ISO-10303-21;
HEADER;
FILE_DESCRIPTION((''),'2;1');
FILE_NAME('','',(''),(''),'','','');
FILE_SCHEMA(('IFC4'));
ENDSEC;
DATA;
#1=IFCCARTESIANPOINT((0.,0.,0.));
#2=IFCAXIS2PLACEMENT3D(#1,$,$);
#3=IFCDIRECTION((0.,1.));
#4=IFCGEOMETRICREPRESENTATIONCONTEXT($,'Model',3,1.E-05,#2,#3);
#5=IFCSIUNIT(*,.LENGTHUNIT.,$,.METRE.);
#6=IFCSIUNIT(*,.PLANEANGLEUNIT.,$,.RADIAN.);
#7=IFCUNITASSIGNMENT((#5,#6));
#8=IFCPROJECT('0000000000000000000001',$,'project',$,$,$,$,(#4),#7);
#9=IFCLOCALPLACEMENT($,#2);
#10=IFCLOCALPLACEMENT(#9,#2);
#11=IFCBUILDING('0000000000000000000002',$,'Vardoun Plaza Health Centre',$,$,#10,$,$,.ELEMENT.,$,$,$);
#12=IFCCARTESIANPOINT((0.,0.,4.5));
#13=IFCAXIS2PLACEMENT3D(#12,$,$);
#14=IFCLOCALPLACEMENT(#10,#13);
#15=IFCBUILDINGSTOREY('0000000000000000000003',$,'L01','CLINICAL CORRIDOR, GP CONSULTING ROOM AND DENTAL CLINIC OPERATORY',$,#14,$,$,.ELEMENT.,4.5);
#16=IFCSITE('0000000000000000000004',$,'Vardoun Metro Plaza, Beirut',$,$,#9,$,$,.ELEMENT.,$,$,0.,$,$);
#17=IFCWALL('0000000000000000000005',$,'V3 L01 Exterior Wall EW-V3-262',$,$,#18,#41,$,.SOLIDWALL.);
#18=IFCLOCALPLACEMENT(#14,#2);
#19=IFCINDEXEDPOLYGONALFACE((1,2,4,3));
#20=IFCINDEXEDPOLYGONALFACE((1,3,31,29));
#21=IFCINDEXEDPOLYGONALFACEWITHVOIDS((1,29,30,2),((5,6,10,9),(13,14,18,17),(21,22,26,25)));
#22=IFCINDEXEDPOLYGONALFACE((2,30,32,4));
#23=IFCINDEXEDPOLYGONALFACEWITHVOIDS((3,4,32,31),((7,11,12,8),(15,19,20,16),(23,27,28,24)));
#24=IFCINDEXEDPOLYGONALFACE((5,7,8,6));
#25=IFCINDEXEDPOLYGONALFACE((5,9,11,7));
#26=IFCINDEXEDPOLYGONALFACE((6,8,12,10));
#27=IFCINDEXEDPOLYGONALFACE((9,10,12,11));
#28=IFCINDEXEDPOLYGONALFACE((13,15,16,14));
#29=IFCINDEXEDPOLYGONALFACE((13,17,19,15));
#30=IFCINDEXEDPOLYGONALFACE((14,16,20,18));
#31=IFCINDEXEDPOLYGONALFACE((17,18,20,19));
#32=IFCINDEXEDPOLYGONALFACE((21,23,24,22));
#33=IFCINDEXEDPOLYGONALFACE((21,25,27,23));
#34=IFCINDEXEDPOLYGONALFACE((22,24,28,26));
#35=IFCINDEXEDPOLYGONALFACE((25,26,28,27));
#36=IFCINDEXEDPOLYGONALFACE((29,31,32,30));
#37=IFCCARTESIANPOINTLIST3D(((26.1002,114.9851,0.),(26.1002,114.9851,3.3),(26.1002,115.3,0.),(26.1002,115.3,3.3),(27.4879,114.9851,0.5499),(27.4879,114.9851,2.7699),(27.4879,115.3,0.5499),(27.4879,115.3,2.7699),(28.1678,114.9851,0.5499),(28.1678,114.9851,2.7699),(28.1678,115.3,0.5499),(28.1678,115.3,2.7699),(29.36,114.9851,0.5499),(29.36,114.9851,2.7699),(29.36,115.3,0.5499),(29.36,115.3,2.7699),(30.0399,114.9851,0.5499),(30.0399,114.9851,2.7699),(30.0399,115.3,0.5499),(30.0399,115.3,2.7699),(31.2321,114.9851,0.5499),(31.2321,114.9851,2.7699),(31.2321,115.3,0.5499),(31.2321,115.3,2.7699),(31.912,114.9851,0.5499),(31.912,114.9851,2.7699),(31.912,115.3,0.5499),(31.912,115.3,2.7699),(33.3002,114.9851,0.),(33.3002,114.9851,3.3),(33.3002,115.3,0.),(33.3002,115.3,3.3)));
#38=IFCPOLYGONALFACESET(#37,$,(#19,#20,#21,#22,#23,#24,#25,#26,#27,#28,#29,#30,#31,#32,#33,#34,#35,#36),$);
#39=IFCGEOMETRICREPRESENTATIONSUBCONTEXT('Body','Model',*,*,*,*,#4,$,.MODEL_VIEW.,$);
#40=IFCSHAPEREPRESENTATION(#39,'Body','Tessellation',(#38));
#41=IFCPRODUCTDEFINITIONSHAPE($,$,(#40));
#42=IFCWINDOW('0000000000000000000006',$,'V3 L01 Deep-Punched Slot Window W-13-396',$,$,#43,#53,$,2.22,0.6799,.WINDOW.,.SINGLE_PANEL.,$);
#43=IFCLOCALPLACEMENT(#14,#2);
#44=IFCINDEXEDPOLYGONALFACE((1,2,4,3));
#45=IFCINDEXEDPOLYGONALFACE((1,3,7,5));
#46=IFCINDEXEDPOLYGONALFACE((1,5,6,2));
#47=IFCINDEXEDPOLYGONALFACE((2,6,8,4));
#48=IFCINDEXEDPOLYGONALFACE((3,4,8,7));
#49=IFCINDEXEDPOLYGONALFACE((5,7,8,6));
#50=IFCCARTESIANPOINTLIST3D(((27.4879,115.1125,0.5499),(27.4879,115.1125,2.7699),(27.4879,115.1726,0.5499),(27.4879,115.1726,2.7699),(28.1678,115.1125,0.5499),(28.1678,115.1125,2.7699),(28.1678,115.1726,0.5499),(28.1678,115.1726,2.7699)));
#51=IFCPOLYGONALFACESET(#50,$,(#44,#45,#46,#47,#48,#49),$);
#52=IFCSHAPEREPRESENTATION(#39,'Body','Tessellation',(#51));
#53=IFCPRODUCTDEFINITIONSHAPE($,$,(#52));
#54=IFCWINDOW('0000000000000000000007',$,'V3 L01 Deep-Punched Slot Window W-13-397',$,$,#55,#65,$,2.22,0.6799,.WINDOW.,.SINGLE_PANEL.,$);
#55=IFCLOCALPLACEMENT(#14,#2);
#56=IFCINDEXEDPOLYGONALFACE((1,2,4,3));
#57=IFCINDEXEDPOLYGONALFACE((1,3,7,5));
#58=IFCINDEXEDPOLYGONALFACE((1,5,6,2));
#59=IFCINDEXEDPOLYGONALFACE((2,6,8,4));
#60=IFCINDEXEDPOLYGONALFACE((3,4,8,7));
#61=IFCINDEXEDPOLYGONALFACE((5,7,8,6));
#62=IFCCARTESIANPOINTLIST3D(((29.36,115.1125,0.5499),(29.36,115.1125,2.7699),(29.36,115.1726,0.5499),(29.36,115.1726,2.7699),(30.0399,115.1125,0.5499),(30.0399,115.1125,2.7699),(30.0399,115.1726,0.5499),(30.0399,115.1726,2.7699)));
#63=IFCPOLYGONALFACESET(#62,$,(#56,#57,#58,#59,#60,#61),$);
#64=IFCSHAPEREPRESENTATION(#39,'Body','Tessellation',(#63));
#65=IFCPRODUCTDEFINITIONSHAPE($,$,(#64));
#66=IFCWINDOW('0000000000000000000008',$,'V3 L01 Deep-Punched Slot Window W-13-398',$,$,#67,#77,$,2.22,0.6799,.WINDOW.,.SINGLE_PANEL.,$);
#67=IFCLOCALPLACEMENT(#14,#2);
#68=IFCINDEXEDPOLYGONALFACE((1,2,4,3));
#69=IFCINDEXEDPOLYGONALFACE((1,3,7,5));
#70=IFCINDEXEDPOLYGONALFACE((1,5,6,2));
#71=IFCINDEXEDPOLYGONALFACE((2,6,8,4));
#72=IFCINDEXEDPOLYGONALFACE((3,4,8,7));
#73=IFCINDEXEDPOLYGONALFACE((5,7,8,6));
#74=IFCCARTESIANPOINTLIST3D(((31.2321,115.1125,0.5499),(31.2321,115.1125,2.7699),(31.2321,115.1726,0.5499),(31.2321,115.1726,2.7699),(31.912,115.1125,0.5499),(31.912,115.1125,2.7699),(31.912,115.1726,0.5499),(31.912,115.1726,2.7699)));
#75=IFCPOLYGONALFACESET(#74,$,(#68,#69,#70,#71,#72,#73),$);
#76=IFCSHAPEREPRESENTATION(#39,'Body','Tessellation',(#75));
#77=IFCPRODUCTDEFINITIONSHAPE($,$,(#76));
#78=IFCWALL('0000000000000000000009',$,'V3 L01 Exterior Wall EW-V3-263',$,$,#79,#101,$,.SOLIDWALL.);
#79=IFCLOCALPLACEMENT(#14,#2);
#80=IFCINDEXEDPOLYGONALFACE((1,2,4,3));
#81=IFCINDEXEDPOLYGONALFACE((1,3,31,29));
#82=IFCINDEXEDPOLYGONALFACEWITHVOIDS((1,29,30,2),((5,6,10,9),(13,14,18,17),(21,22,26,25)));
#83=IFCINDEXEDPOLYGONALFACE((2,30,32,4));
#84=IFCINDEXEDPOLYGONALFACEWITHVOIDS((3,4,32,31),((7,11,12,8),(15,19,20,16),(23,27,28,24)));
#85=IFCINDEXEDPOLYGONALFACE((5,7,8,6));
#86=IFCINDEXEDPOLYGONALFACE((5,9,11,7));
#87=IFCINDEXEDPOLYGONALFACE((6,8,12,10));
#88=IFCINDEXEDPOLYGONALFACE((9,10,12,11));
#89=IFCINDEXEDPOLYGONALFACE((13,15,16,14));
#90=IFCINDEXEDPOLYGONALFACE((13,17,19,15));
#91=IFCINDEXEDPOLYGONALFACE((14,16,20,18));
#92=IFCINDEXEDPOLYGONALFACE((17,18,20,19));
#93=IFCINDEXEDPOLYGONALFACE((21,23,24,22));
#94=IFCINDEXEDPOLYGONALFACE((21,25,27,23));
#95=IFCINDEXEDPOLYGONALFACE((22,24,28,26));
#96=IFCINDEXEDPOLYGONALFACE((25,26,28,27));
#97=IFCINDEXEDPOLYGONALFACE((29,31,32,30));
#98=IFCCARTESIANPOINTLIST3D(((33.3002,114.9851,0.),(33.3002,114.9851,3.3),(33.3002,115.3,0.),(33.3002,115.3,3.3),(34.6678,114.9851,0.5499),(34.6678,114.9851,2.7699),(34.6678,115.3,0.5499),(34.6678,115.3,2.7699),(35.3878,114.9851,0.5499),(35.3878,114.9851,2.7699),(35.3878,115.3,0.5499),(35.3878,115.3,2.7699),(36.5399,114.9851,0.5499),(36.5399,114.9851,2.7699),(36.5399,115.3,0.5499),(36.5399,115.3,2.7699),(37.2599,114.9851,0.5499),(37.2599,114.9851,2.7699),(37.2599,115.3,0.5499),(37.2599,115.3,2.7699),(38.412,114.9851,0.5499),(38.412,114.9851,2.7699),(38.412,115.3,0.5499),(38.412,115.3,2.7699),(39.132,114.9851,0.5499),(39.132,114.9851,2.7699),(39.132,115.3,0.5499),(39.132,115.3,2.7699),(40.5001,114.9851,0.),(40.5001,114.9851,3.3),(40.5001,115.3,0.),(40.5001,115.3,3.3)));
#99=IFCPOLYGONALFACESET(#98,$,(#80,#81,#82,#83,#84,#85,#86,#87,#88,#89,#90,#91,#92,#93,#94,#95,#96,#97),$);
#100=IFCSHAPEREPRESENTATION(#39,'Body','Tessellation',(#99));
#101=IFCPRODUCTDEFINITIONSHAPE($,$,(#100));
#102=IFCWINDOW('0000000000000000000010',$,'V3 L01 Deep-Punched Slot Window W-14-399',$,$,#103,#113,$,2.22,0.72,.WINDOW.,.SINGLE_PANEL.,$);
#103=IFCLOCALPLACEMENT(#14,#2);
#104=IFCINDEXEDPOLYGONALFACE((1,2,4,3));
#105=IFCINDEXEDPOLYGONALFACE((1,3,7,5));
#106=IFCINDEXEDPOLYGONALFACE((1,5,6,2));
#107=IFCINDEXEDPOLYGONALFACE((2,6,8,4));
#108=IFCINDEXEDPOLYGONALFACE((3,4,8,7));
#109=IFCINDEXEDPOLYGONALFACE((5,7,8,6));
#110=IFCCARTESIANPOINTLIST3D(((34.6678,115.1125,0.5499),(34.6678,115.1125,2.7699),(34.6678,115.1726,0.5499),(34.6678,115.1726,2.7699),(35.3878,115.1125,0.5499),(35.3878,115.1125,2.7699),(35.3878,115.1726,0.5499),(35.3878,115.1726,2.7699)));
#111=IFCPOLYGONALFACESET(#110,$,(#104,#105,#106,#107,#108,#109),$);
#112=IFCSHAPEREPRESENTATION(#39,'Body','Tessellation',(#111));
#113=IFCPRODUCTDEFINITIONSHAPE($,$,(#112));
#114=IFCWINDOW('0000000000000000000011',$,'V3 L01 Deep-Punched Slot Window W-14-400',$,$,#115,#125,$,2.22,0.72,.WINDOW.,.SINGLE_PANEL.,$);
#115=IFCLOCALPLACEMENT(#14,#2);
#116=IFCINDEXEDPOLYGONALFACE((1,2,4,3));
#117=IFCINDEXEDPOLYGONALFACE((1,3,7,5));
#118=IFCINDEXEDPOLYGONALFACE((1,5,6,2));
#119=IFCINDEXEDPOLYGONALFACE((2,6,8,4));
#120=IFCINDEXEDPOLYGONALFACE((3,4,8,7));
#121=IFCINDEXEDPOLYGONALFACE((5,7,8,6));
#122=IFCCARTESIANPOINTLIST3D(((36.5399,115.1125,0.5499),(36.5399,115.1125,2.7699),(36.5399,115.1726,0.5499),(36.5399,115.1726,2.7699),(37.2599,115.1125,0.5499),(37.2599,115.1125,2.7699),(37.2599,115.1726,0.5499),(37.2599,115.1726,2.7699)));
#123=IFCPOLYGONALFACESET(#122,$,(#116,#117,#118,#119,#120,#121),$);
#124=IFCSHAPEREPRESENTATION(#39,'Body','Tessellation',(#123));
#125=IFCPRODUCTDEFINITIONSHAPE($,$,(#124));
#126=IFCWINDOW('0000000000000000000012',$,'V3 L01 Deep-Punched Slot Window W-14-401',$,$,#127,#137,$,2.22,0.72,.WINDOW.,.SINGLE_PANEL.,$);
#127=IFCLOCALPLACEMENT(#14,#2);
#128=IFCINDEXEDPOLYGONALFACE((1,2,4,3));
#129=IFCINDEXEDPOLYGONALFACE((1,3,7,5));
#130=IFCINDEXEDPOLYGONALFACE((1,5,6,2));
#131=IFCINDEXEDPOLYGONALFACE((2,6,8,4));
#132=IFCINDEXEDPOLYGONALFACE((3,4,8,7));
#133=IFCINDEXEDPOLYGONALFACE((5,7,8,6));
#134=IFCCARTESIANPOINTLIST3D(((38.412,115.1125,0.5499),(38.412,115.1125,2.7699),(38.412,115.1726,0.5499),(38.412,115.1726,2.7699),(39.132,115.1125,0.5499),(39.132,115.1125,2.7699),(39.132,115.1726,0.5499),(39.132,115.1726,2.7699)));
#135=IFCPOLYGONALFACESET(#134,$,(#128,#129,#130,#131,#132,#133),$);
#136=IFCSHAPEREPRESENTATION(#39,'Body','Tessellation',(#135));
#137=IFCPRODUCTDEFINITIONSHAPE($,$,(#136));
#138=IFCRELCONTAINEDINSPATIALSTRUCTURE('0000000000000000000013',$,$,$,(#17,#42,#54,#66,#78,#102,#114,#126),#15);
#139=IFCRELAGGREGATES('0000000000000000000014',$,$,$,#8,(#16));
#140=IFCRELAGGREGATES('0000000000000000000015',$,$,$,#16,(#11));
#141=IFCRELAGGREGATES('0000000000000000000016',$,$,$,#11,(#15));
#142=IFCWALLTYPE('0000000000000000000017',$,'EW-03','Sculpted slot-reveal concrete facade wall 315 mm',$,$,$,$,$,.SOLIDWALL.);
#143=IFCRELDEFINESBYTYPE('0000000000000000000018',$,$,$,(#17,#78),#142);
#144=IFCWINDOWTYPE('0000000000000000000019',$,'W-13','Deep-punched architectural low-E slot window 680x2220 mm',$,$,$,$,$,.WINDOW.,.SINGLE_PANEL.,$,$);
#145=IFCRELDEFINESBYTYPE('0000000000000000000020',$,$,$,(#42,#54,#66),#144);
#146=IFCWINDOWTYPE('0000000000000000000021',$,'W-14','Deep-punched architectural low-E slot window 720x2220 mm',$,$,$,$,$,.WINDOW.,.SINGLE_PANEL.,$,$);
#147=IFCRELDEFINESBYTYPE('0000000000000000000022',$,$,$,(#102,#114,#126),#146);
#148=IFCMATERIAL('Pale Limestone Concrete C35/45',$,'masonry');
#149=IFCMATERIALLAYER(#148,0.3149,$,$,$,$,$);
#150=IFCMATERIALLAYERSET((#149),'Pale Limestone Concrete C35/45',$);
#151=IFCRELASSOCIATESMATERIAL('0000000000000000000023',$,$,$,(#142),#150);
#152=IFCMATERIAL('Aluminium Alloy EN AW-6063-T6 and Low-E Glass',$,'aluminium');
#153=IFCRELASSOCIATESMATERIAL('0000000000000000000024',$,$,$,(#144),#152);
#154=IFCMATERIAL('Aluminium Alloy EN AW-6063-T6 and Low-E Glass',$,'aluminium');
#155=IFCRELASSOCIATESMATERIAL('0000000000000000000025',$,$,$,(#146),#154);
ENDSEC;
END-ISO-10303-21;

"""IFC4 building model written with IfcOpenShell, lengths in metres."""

from ifc_helpers import new_model, si_unit, direction, frame, frame_2d, origin, place, context, subcontext, project, spatial, rectangle, extrude, material, layer, layer_set, type_object, element, fill, save


model = new_model("IFC4")

# Units and contexts
model_context = context("Model", 3, precision=1e-05, world=origin(), true_north=direction((0.0, 1.0)))
body_context = subcontext(model_context, "Body", "Model", "MODEL_VIEW")
ifc_project = project(units=[si_unit("LENGTHUNIT", "METRE"), si_unit("PLANEANGLEUNIT", "RADIAN")], contexts=[model_context])

# Site, building, storey
site_placement = place(None, origin())
site = spatial("IfcSite", under=ifc_project, at=site_placement, Name="Vardoun Metro Plaza, Beirut", CompositionType="ELEMENT", RefElevation=0.0)
building_placement = place(site_placement, origin())
building = spatial("IfcBuilding", under=site, at=building_placement, Name="Vardoun Plaza Health Centre", CompositionType="ELEMENT")
storey_placement = place(building_placement, frame((0.0, 0.0, 4.5)))
storey = spatial("IfcBuildingStorey", under=building, at=storey_placement, Name="L01", Description="CLINICAL CORRIDOR, GP CONSULTING ROOM AND DENTAL CLINIC OPERATORY", CompositionType="ELEMENT", Elevation=4.5)

# Walls, openings, windows
ifc_material_1 = material(Name="Pale Limestone Concrete C35/45", Category="masonry")
ifc_layer_1 = layer(ifc_material_1, 0.3149)
ifc_layer_set_1 = layer_set([ifc_layer_1], Name="Pale Limestone Concrete C35/45")
wall_type = type_object("IfcWallType", Name="EW-03", Description="Sculpted slot-reveal concrete facade wall 315 mm", PredefinedType="SOLIDWALL", material=ifc_layer_set_1)
wall_1_placement = place(storey_placement, frame((26.1001, 115.1426, 0.0), z_axis=(0.0, 0.0, 1.0), x_axis=(1.0, 0.0, 0.0)))
wall_1 = element("IfcWall", 1, at=wall_1_placement, inside=storey, type_object=wall_type, Name="V3 L01 Exterior Wall EW-V3-262", PredefinedType="SOLIDWALL", context=body_context, shape_type="SweptSolid", body=[
    extrude(rectangle(XDim=7.2, YDim=0.3149, at=frame_2d((3.6001, 0.0))), origin(), (0.0, 0.0, 1.0), 3.3),
])
opening_1_placement = place(wall_1_placement, frame((1.3879, 0.0, 0.55)))
opening_1 = element("IfcOpeningElement", 2, at=opening_1_placement, cuts=wall_1, PredefinedType="OPENING", context=body_context, shape_type="SweptSolid", body=[
    extrude(rectangle(XDim=0.6799, YDim=2.22, at=frame_2d((0.3398, 1.1099))), frame((0.0, 0.1575, 0.0), z_axis=(0.0, -1.0, 0.0), x_axis=(1.0, 0.0, 0.0)), (0.0, 0.0, 1.0), 0.3149),
])
opening_2_placement = place(wall_1_placement, frame((3.26, 0.0, 0.55)))
opening_2 = element("IfcOpeningElement", 3, at=opening_2_placement, cuts=wall_1, PredefinedType="OPENING", context=body_context, shape_type="SweptSolid", body=[
    extrude(rectangle(XDim=0.6799, YDim=2.22, at=frame_2d((0.3398, 1.1099))), frame((0.0, 0.1575, 0.0), z_axis=(0.0, -1.0, 0.0), x_axis=(1.0, 0.0, 0.0)), (0.0, 0.0, 1.0), 0.3149),
])
opening_3_placement = place(wall_1_placement, frame((5.1321, 0.0, 0.55)))
opening_3 = element("IfcOpeningElement", 4, at=opening_3_placement, cuts=wall_1, PredefinedType="OPENING", context=body_context, shape_type="SweptSolid", body=[
    extrude(rectangle(XDim=0.6799, YDim=2.22, at=frame_2d((0.3398, 1.1099))), frame((0.0, 0.1575, 0.0), z_axis=(0.0, -1.0, 0.0), x_axis=(1.0, 0.0, 0.0)), (0.0, 0.0, 1.0), 0.3149),
])
ifc_material_2 = material(Name="Aluminium Alloy EN AW-6063-T6 and Low-E Glass", Category="aluminium")
window_type_1 = type_object("IfcWindowType", Name="W-13", Description="Deep-punched architectural low-E slot window 680x2220 mm", PartitioningType="SINGLE_PANEL", PredefinedType="WINDOW", material=ifc_material_2)
window_1_placement = place(opening_1_placement, origin())
window_1 = element("IfcWindow", 5, at=window_1_placement, inside=storey, type_object=window_type_1, Name="V3 L01 Deep-Punched Slot Window W-13-396", OverallHeight=2.22, OverallWidth=0.6799, PartitioningType="SINGLE_PANEL", PredefinedType="WINDOW", context=body_context, shape_type="SweptSolid", body=[
    extrude(rectangle(XDim=0.6799, YDim=2.22, at=frame_2d((0.3398, 1.1099))), frame((0.0, 0.03, 0.0), z_axis=(0.0, -1.0, 0.0), x_axis=(1.0, 0.0, 0.0)), (0.0, 0.0, 1.0), 0.0601),
])
fill(opening_1, window_1)
window_2_placement = place(opening_2_placement, origin())
window_2 = element("IfcWindow", 6, at=window_2_placement, inside=storey, type_object=window_type_1, Name="V3 L01 Deep-Punched Slot Window W-13-397", OverallHeight=2.22, OverallWidth=0.6799, PartitioningType="SINGLE_PANEL", PredefinedType="WINDOW", context=body_context, shape_type="SweptSolid", body=[
    extrude(rectangle(XDim=0.6799, YDim=2.22, at=frame_2d((0.3398, 1.1099))), frame((0.0, 0.03, 0.0), z_axis=(0.0, -1.0, 0.0), x_axis=(1.0, 0.0, 0.0)), (0.0, 0.0, 1.0), 0.0601),
])
fill(opening_2, window_2)
window_3_placement = place(opening_3_placement, origin())
window_3 = element("IfcWindow", 7, at=window_3_placement, inside=storey, type_object=window_type_1, Name="V3 L01 Deep-Punched Slot Window W-13-398", OverallHeight=2.22, OverallWidth=0.6799, PartitioningType="SINGLE_PANEL", PredefinedType="WINDOW", context=body_context, shape_type="SweptSolid", body=[
    extrude(rectangle(XDim=0.6799, YDim=2.22, at=frame_2d((0.3398, 1.1099))), frame((0.0, 0.03, 0.0), z_axis=(0.0, -1.0, 0.0), x_axis=(1.0, 0.0, 0.0)), (0.0, 0.0, 1.0), 0.0601),
])
fill(opening_3, window_3)
wall_2_placement = place(storey_placement, frame((33.3, 115.1426, 0.0), z_axis=(0.0, 0.0, 1.0), x_axis=(1.0, 0.0, 0.0)))
wall_2 = element("IfcWall", 8, at=wall_2_placement, inside=storey, type_object=wall_type, Name="V3 L01 Exterior Wall EW-V3-263", PredefinedType="SOLIDWALL", context=body_context, shape_type="SweptSolid", body=[
    extrude(rectangle(XDim=7.2, YDim=0.3149, at=frame_2d((3.6001, 0.0))), origin(), (0.0, 0.0, 1.0), 3.3),
])
opening_4_placement = place(wall_2_placement, frame((1.3679, 0.0, 0.55)))
opening_4 = element("IfcOpeningElement", 9, at=opening_4_placement, cuts=wall_2, PredefinedType="OPENING", context=body_context, shape_type="SweptSolid", body=[
    extrude(rectangle(XDim=0.72, YDim=2.22, at=frame_2d((0.3599, 1.1099))), frame((0.0, 0.1575, 0.0), z_axis=(0.0, -1.0, 0.0), x_axis=(1.0, 0.0, 0.0)), (0.0, 0.0, 1.0), 0.3149),
])
opening_5_placement = place(wall_2_placement, frame((3.24, 0.0, 0.55)))
opening_5 = element("IfcOpeningElement", 10, at=opening_5_placement, cuts=wall_2, PredefinedType="OPENING", context=body_context, shape_type="SweptSolid", body=[
    extrude(rectangle(XDim=0.72, YDim=2.22, at=frame_2d((0.3599, 1.1099))), frame((0.0, 0.1575, 0.0), z_axis=(0.0, -1.0, 0.0), x_axis=(1.0, 0.0, 0.0)), (0.0, 0.0, 1.0), 0.3149),
])
opening_6_placement = place(wall_2_placement, frame((5.1121, 0.0, 0.55)))
opening_6 = element("IfcOpeningElement", 11, at=opening_6_placement, cuts=wall_2, PredefinedType="OPENING", context=body_context, shape_type="SweptSolid", body=[
    extrude(rectangle(XDim=0.72, YDim=2.22, at=frame_2d((0.3599, 1.1099))), frame((0.0, 0.1575, 0.0), z_axis=(0.0, -1.0, 0.0), x_axis=(1.0, 0.0, 0.0)), (0.0, 0.0, 1.0), 0.3149),
])
ifc_material_3 = material(Name="Aluminium Alloy EN AW-6063-T6 and Low-E Glass", Category="aluminium")
window_type_2 = type_object("IfcWindowType", Name="W-14", Description="Deep-punched architectural low-E slot window 720x2220 mm", PartitioningType="SINGLE_PANEL", PredefinedType="WINDOW", material=ifc_material_3)
window_4_placement = place(opening_4_placement, origin())
window_4 = element("IfcWindow", 12, at=window_4_placement, inside=storey, type_object=window_type_2, Name="V3 L01 Deep-Punched Slot Window W-14-399", OverallHeight=2.22, OverallWidth=0.72, PartitioningType="SINGLE_PANEL", PredefinedType="WINDOW", context=body_context, shape_type="SweptSolid", body=[
    extrude(rectangle(XDim=0.72, YDim=2.22, at=frame_2d((0.3599, 1.1099))), frame((0.0, 0.03, 0.0), z_axis=(0.0, -1.0, 0.0), x_axis=(1.0, 0.0, 0.0)), (0.0, 0.0, 1.0), 0.0601),
])
fill(opening_4, window_4)
window_5_placement = place(opening_5_placement, origin())
window_5 = element("IfcWindow", 13, at=window_5_placement, inside=storey, type_object=window_type_2, Name="V3 L01 Deep-Punched Slot Window W-14-400", OverallHeight=2.22, OverallWidth=0.72, PartitioningType="SINGLE_PANEL", PredefinedType="WINDOW", context=body_context, shape_type="SweptSolid", body=[
    extrude(rectangle(XDim=0.72, YDim=2.22, at=frame_2d((0.3599, 1.1099))), frame((0.0, 0.03, 0.0), z_axis=(0.0, -1.0, 0.0), x_axis=(1.0, 0.0, 0.0)), (0.0, 0.0, 1.0), 0.0601),
])
fill(opening_5, window_5)
window_6_placement = place(opening_6_placement, origin())
window_6 = element("IfcWindow", 14, at=window_6_placement, inside=storey, type_object=window_type_2, Name="V3 L01 Deep-Punched Slot Window W-14-401", OverallHeight=2.22, OverallWidth=0.72, PartitioningType="SINGLE_PANEL", PredefinedType="WINDOW", context=body_context, shape_type="SweptSolid", body=[
    extrude(rectangle(XDim=0.72, YDim=2.22, at=frame_2d((0.3599, 1.1099))), frame((0.0, 0.03, 0.0), z_axis=(0.0, -1.0, 0.0), x_axis=(1.0, 0.0, 0.0)), (0.0, 0.0, 1.0), 0.0601),
])
fill(opening_6, window_6)

save(model, "model.ifc")
